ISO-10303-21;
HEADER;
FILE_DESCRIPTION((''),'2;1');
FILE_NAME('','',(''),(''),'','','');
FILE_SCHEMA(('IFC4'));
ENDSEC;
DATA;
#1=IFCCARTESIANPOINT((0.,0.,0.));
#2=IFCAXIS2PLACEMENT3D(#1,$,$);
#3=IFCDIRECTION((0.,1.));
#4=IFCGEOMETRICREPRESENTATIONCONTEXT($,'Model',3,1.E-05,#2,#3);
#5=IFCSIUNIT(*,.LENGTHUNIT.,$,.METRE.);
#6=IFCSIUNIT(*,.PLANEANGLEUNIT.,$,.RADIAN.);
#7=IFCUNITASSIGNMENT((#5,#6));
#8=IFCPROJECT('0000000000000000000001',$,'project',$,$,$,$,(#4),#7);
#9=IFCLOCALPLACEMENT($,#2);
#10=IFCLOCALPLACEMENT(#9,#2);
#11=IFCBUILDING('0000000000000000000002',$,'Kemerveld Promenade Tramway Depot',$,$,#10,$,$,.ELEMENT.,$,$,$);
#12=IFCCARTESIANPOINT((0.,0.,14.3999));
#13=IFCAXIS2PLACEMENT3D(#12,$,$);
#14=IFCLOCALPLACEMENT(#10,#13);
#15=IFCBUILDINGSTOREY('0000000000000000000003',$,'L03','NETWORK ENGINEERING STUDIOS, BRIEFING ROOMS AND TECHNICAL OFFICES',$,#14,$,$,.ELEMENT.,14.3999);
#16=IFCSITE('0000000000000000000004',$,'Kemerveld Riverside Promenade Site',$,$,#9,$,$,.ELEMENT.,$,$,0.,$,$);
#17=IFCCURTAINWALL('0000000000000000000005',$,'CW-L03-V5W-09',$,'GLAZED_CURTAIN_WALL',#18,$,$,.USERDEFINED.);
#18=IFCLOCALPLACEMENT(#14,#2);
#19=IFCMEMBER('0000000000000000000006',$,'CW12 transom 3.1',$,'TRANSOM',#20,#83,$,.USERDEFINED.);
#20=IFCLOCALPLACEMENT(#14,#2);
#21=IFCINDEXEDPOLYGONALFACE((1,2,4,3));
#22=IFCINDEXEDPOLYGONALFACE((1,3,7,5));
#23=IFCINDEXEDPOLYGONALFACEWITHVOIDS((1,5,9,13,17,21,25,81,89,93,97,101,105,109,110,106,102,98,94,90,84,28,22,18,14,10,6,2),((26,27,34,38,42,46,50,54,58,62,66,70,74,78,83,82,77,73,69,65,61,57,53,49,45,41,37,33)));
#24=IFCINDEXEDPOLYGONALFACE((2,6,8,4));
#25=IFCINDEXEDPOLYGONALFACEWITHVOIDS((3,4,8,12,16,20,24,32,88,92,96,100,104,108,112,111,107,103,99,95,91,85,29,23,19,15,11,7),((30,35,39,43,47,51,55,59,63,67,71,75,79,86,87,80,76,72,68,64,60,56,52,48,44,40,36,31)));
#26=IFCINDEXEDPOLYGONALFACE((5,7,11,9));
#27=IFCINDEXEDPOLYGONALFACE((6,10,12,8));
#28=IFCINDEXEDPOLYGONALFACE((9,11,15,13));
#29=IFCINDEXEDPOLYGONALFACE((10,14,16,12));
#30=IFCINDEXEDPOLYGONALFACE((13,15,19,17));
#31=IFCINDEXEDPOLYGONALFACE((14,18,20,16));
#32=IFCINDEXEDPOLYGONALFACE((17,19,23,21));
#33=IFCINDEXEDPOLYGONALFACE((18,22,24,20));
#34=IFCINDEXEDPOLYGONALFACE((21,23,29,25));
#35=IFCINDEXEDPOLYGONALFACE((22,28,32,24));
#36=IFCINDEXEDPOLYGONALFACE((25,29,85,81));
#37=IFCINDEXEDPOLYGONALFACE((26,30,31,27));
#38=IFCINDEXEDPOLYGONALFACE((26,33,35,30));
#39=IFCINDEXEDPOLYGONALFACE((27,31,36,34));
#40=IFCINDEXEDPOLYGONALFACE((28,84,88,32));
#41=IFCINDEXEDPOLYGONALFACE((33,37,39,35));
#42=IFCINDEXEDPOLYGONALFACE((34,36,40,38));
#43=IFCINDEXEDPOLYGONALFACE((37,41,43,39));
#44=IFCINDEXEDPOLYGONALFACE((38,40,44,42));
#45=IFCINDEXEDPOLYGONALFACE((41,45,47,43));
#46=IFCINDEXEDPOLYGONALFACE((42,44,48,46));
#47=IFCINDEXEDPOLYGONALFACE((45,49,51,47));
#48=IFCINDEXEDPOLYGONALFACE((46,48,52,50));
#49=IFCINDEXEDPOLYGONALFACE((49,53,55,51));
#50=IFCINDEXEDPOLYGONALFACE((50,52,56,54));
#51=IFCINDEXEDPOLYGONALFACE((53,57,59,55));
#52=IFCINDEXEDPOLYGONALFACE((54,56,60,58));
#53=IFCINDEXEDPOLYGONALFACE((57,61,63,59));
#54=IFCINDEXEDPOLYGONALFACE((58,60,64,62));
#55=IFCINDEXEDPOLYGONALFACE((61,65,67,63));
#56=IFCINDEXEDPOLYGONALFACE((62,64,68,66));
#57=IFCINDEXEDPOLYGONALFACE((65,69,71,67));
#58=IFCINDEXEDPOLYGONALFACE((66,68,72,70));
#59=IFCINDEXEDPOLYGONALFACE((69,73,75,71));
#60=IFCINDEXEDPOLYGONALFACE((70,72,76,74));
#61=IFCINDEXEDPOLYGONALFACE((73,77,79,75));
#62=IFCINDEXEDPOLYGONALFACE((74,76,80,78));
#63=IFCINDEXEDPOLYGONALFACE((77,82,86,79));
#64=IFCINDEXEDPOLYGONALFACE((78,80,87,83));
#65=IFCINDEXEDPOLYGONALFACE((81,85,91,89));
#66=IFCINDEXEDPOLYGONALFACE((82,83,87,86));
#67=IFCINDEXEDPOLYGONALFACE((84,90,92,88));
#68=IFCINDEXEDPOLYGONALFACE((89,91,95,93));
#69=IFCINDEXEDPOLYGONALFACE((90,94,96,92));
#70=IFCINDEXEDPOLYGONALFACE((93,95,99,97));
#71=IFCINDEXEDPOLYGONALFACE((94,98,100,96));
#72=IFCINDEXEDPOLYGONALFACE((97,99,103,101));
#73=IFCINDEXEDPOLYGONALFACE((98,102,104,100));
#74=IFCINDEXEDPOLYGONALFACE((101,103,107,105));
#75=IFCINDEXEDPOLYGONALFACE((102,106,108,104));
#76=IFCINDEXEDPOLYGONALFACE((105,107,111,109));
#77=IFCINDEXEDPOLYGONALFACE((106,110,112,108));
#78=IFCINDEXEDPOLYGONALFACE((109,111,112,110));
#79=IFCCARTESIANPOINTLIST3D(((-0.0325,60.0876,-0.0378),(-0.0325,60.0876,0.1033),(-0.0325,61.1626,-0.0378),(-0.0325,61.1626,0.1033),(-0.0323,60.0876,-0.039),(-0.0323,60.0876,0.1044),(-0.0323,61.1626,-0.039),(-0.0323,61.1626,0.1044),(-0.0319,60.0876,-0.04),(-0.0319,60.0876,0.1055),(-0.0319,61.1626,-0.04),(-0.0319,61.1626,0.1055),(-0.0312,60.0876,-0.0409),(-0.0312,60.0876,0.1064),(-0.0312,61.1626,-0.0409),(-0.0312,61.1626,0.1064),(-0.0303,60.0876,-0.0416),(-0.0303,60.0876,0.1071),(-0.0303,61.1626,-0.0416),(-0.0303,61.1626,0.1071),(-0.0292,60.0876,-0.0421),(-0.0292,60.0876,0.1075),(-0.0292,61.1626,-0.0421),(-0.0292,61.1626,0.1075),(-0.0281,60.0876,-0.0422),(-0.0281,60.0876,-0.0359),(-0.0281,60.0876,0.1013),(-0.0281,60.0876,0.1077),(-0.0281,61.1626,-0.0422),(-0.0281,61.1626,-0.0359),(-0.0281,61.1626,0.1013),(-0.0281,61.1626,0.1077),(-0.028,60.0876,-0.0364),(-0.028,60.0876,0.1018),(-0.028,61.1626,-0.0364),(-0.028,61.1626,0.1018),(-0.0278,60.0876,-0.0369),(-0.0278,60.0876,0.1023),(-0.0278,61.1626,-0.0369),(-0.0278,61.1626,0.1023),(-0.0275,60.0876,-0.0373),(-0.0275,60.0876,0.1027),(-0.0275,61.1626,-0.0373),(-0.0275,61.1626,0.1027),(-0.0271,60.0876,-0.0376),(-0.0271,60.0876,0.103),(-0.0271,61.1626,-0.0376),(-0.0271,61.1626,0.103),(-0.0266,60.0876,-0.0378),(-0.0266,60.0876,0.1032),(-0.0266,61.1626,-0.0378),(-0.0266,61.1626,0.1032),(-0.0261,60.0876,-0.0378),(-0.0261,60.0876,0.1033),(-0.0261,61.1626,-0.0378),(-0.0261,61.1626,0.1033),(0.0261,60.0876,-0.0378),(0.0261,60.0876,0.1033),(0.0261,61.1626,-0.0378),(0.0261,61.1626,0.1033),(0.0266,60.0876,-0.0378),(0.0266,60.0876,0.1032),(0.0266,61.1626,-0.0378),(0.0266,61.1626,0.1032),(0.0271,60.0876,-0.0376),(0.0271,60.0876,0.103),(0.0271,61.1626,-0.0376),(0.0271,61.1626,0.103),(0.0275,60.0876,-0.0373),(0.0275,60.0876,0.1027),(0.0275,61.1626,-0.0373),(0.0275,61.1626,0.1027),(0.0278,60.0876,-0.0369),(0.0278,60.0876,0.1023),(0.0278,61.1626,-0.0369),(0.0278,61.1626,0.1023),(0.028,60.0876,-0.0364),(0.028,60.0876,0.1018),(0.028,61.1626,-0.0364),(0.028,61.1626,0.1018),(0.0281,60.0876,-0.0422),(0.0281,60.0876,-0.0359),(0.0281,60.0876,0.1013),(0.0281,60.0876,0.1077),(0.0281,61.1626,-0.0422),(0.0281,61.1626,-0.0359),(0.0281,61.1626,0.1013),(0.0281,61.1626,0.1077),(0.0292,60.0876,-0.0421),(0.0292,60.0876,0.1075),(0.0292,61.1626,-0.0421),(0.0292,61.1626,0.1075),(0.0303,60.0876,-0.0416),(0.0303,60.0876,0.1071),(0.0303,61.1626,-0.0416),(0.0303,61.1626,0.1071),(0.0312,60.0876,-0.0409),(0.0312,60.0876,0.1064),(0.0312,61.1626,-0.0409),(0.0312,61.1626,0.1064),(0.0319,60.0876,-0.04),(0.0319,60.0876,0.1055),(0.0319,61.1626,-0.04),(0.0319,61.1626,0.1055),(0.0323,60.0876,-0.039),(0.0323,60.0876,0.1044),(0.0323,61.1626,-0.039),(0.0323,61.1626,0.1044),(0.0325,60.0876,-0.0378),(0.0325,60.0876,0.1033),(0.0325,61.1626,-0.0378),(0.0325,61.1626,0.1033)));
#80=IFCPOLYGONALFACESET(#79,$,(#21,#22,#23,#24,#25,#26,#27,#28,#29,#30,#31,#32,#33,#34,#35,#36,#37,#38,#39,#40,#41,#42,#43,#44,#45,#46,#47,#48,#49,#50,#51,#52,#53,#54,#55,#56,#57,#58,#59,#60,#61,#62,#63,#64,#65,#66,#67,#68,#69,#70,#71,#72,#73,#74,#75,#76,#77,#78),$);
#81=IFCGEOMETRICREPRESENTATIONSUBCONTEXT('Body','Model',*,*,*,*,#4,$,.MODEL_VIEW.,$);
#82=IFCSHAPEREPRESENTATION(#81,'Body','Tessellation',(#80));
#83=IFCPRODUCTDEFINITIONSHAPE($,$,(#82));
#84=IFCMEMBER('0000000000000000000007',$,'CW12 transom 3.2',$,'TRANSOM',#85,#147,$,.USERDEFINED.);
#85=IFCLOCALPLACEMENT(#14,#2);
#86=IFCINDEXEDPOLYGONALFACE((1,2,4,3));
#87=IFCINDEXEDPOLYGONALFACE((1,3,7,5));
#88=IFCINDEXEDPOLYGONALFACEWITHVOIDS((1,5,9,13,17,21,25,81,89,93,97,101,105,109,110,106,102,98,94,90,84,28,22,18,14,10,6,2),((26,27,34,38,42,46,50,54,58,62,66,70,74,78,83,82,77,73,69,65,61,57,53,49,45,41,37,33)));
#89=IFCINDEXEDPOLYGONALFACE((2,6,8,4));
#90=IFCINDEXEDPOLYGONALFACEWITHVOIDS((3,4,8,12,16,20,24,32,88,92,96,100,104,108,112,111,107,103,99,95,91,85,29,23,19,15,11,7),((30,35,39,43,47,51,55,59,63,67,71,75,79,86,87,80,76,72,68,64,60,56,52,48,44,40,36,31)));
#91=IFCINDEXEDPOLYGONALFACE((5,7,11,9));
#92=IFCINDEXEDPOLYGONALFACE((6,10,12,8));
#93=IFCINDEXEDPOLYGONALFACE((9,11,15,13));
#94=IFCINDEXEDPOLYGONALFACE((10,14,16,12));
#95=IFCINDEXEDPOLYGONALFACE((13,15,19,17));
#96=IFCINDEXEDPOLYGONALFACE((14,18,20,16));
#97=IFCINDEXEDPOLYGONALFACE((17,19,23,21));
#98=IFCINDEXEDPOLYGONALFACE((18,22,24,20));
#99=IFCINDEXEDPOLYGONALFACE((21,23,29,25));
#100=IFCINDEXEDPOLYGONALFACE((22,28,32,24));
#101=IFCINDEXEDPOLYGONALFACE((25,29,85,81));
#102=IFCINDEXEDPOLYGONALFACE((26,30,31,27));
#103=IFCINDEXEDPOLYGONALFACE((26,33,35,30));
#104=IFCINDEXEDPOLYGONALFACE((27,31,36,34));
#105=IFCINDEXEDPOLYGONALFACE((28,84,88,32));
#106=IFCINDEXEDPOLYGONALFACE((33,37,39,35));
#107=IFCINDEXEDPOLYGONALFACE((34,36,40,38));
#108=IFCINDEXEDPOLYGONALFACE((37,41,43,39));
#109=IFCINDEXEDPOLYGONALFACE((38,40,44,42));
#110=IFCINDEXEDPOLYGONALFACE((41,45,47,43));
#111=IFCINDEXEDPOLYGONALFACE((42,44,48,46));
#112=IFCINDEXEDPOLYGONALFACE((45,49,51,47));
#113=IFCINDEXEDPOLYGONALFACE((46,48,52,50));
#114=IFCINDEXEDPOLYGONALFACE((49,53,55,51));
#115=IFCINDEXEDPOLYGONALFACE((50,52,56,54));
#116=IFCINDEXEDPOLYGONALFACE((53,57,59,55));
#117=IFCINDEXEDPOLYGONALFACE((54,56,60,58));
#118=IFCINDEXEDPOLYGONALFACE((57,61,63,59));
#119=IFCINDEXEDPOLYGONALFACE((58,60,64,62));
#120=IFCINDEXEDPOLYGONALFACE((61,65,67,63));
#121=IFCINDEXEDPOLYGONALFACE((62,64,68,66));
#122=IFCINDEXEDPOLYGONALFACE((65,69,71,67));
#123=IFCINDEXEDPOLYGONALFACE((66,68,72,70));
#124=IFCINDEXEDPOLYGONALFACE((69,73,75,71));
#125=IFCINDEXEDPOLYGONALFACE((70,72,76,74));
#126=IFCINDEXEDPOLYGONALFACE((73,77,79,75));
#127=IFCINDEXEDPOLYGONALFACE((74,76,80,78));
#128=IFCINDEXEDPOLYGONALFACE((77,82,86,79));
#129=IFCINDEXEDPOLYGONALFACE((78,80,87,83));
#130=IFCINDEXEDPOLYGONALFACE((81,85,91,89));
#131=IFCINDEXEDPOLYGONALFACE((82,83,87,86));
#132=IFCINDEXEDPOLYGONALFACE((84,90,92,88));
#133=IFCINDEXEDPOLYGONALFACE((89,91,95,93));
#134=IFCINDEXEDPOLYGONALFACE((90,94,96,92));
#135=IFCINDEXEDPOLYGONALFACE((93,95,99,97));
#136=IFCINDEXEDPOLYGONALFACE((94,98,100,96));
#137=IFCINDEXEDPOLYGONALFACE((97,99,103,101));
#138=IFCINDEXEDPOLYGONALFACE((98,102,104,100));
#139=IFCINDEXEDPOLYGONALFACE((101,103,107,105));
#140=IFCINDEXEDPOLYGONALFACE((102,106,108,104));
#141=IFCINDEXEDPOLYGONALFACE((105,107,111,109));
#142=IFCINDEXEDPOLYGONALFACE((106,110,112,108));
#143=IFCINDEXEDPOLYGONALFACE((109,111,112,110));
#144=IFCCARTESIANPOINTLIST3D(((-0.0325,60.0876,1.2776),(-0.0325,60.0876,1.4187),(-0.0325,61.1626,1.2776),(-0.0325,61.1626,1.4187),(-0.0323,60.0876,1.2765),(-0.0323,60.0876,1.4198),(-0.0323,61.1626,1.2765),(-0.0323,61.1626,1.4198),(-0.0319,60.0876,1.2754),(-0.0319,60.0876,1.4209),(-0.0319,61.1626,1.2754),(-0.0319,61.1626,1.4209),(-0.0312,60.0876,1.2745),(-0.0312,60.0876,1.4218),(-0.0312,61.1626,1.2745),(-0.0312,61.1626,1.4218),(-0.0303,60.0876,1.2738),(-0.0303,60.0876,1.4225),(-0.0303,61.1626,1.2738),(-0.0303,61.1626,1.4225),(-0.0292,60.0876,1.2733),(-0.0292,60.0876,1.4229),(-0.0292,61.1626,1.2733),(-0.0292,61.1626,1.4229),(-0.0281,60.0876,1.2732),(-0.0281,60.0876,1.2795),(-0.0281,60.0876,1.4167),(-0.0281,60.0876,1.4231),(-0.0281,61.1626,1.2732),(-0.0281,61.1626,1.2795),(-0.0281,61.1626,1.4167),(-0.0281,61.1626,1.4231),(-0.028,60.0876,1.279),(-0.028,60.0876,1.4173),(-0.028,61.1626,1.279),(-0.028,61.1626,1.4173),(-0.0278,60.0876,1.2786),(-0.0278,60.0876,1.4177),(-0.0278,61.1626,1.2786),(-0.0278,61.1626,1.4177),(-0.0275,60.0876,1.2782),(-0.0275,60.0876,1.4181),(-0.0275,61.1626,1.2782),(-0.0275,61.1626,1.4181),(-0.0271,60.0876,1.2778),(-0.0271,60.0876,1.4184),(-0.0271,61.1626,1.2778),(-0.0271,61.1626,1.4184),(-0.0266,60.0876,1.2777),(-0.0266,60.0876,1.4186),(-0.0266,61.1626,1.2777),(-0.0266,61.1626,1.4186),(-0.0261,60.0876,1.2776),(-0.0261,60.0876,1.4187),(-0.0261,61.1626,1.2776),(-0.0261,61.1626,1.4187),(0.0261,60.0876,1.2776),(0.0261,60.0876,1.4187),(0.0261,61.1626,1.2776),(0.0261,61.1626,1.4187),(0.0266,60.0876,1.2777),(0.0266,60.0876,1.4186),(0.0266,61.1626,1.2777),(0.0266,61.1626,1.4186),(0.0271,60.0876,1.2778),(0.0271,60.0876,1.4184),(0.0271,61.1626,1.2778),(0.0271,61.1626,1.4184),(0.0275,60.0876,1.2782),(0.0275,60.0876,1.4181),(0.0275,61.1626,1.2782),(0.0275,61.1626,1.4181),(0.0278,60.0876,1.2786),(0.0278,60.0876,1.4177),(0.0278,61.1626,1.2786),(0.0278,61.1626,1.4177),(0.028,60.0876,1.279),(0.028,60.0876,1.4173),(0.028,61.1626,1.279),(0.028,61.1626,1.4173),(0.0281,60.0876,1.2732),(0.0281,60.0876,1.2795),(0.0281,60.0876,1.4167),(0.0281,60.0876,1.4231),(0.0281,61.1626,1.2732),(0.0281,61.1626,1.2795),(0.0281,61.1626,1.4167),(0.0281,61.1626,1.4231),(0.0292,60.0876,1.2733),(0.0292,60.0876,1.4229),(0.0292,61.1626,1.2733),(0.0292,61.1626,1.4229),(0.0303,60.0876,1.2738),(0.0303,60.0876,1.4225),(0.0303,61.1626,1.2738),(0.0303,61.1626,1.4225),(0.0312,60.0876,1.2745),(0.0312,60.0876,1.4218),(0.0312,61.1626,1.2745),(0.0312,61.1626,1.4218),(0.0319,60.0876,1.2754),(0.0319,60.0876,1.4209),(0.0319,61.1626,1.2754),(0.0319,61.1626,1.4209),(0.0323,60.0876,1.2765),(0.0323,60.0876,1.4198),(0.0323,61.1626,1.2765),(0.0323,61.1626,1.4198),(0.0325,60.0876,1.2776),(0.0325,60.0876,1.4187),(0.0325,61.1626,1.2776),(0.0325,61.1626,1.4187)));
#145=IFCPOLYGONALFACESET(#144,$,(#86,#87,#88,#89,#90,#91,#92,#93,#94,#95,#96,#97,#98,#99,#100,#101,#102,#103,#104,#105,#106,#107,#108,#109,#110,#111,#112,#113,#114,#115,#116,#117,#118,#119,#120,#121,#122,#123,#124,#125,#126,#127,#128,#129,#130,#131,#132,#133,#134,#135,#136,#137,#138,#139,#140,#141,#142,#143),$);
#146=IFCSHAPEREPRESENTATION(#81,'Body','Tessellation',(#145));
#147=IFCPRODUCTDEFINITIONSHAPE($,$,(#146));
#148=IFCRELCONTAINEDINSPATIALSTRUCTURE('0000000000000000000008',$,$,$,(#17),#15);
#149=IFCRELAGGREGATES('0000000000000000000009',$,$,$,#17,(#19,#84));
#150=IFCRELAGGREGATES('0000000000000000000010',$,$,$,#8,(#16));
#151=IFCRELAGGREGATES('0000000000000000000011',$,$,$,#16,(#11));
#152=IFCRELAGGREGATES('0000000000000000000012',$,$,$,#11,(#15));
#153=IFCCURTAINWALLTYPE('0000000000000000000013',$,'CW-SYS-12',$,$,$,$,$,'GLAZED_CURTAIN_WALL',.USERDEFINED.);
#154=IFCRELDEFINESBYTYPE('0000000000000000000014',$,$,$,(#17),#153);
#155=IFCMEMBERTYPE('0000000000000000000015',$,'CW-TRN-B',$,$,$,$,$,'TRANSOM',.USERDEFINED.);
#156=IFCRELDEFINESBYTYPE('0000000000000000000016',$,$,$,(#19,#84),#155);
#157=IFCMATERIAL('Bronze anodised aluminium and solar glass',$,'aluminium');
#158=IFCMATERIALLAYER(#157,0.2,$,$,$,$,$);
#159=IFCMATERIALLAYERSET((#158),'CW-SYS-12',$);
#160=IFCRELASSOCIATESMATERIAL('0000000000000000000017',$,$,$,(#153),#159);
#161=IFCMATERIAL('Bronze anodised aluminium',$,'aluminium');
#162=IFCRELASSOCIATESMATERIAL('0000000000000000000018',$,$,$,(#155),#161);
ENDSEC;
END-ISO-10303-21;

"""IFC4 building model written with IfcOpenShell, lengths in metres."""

from ifc_helpers import new_model, si_unit, direction, frame, origin, origin_2d, place, context, subcontext, project, spatial, hollow_rectangle, extrude, material, layer, layer_set, material_profile, profile_set, type_object, element, aggregate, save


model = new_model("IFC4")

# Units and contexts
model_context = context("Model", 3, precision=1e-05, world=origin(), true_north=direction((0.0, 1.0)))
body_context = subcontext(model_context, "Body", "Model", "MODEL_VIEW")
ifc_project = project(units=[si_unit("LENGTHUNIT", "METRE"), si_unit("PLANEANGLEUNIT", "RADIAN")], contexts=[model_context])

# Site, building, storey
site_placement = place(None, origin())
site = spatial("IfcSite", under=ifc_project, at=site_placement, Name="Kemerveld Riverside Promenade Site", CompositionType="ELEMENT", RefElevation=0.0)
building_placement = place(site_placement, origin())
building = spatial("IfcBuilding", under=site, at=building_placement, Name="Kemerveld Promenade Tramway Depot", CompositionType="ELEMENT")
storey_placement = place(building_placement, frame((0.0, 0.0, 14.3999)))
storey = spatial("IfcBuildingStorey", under=building, at=storey_placement, Name="L03", Description="NETWORK ENGINEERING STUDIOS, BRIEFING ROOMS AND TECHNICAL OFFICES", CompositionType="ELEMENT", Elevation=14.3999)

# Curtain wall, members
ifc_material_1 = material(Name="Bronze anodised aluminium and solar glass", Category="aluminium")
ifc_layer_1 = layer(ifc_material_1, 0.2)
ifc_layer_set_1 = layer_set([ifc_layer_1], Name="CW-SYS-12")
curtain_wall_type = type_object("IfcCurtainWallType", Name="CW-SYS-12", ElementType="GLAZED_CURTAIN_WALL", PredefinedType="USERDEFINED", material=ifc_layer_set_1)
curtain_wall_placement = place(storey_placement, origin())
curtain_wall = element("IfcCurtainWall", 1, at=curtain_wall_placement, inside=storey, type_object=curtain_wall_type, Name="CW-L03-V5W-09", ObjectType="GLAZED_CURTAIN_WALL", PredefinedType="USERDEFINED")
ifc_material_2 = material(Name="Bronze anodised aluminium", Category="aluminium")
ifc_material_profile_1 = material_profile(ifc_material_2, hollow_rectangle(XDim=0.0649, YDim=0.1499, WallThickness=0.0044, InnerFilletRadius=0.002, OuterFilletRadius=0.0044, at=origin_2d()), Name="CW-TRN-150x65")
ifc_profile_set_1 = profile_set([ifc_material_profile_1], Name="Bronze anodised aluminium")
member_type_1 = type_object("IfcMemberType", Name="CW-TRN-B", ElementType="TRANSOM", PredefinedType="USERDEFINED", material=ifc_profile_set_1)
member_1_placement = place(storey_placement, frame((0.0, 60.0876, 0.0327), z_axis=(0.0, 1.0, 0.0), x_axis=(-1.0, 0.0, 0.0)))
member_1 = element("IfcMember", 2, at=member_1_placement, type_object=member_type_1, Name="CW12 transom 3.1", ObjectType="TRANSOM", PredefinedType="USERDEFINED", context=body_context, shape_type="SweptSolid", body=[
    extrude(hollow_rectangle(XDim=0.0649, YDim=0.1499, WallThickness=0.0044, InnerFilletRadius=0.002, OuterFilletRadius=0.0044, at=origin_2d()), origin(), (0.0, 0.0, 1.0), 1.075),
])
member_2_placement = place(storey_placement, frame((0.0, 60.0876, 1.3481), z_axis=(0.0, 1.0, 0.0), x_axis=(-1.0, 0.0, 0.0)))
member_2 = element("IfcMember", 3, at=member_2_placement, type_object=member_type_1, Name="CW12 transom 3.2", ObjectType="TRANSOM", PredefinedType="USERDEFINED", context=body_context, shape_type="SweptSolid", body=[
    extrude(hollow_rectangle(XDim=0.0649, YDim=0.1499, WallThickness=0.0044, InnerFilletRadius=0.002, OuterFilletRadius=0.0044, at=origin_2d()), origin(), (0.0, 0.0, 1.0), 1.075),
])
aggregate(curtain_wall, [member_1, member_2])

save(model, "model.ifc")
